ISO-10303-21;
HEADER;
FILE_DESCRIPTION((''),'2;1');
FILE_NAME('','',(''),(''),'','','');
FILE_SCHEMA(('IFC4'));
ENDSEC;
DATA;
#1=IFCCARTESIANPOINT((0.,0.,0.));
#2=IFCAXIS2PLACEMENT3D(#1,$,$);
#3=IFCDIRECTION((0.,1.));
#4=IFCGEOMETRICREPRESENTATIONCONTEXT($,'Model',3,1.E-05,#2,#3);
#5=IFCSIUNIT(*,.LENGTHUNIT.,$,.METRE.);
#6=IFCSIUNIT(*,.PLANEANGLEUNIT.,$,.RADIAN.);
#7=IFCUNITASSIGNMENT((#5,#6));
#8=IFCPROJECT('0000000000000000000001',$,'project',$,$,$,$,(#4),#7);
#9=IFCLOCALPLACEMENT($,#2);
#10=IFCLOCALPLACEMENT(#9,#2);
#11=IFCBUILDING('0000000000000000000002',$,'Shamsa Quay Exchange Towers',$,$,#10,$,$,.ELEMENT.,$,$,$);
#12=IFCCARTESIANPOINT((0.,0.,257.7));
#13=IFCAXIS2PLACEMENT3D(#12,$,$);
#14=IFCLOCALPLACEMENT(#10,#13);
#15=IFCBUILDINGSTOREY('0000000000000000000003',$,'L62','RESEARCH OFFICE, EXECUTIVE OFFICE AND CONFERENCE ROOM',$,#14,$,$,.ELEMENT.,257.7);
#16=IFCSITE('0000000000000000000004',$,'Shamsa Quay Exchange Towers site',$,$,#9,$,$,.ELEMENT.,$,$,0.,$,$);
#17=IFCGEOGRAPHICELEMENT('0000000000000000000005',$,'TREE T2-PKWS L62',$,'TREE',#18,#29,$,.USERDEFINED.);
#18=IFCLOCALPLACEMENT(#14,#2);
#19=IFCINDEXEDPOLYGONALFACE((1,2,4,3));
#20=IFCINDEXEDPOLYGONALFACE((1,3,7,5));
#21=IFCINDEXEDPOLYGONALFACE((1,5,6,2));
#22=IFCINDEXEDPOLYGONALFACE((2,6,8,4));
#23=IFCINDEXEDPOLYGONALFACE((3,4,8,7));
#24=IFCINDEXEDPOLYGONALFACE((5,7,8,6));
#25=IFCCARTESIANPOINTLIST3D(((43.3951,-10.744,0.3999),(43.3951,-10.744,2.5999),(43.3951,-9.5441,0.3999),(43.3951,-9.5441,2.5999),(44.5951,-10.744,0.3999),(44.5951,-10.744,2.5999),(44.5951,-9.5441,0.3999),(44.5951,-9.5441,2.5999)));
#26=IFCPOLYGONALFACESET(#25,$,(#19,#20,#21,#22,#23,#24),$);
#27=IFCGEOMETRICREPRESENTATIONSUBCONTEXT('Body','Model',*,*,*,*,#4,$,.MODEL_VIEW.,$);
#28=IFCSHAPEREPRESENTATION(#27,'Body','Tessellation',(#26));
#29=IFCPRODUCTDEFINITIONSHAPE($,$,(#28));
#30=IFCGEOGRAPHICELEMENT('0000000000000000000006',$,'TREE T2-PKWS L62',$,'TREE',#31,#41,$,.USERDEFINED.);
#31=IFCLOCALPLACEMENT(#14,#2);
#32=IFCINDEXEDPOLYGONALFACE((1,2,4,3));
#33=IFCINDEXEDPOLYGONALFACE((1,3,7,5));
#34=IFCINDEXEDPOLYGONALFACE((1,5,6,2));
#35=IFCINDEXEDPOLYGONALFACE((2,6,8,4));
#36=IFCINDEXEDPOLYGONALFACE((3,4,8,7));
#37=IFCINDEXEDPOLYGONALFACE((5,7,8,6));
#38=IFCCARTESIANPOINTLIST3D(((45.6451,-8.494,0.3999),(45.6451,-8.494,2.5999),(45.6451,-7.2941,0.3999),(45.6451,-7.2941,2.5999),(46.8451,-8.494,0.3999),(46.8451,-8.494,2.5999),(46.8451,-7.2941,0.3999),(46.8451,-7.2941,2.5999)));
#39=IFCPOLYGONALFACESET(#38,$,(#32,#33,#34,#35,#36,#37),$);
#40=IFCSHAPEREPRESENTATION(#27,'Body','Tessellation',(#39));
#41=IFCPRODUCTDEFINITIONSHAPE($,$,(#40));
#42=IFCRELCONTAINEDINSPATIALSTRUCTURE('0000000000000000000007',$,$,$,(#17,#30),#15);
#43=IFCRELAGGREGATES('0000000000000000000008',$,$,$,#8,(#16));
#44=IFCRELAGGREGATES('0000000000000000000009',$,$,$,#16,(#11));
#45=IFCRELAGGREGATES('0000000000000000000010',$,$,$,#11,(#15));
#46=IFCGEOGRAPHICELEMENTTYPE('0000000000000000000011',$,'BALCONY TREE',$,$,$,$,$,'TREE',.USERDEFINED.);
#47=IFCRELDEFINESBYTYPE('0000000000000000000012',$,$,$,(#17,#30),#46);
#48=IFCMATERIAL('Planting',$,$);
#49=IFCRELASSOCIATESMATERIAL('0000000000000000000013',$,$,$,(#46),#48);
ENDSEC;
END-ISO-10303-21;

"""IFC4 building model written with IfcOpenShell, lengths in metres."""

from ifc_helpers import new_model, si_unit, direction, frame, origin, origin_2d, place, context, subcontext, project, spatial, rectangle, extrude, material, type_object, element, save


model = new_model("IFC4")

# Units and contexts
model_context = context("Model", 3, precision=1e-05, world=origin(), true_north=direction((0.0, 1.0)))
body_context = subcontext(model_context, "Body", "Model", "MODEL_VIEW")
ifc_project = project(units=[si_unit("LENGTHUNIT", "METRE"), si_unit("PLANEANGLEUNIT", "RADIAN")], contexts=[model_context])

# Site, building, storey
site_placement = place(None, origin())
site = spatial("IfcSite", under=ifc_project, at=site_placement, Name="Shamsa Quay Exchange Towers site", CompositionType="ELEMENT", RefElevation=0.0)
building_placement = place(site_placement, origin())
building = spatial("IfcBuilding", under=site, at=building_placement, Name="Shamsa Quay Exchange Towers", CompositionType="ELEMENT")
storey_placement = place(building_placement, frame((0.0, 0.0, 257.7)))
storey = spatial("IfcBuildingStorey", under=building, at=storey_placement, Name="L62", Description="RESEARCH OFFICE, EXECUTIVE OFFICE AND CONFERENCE ROOM", CompositionType="ELEMENT", Elevation=257.7)

# Geographic elements
ifc_material_1 = material(Name="Planting")
geographic_element_type = type_object("IfcGeographicElementType", Name="BALCONY TREE", ElementType="TREE", PredefinedType="USERDEFINED", material=ifc_material_1)
for number, where, z_axis, x_axis, name in (
    (1, (43.9951, -10.144, 0.3999), (0.0, 0.0, 1.0), (0.0, 1.0, 0.0), "TREE T2-PKWS L62"),
    (2, (46.2451, -7.894, 0.3999), (0.0, 0.0, 1.0), (0.0, 1.0, 0.0), "TREE T2-PKWS L62"),
):
    element("IfcGeographicElement", number, at=place(storey_placement, frame(where, z_axis=z_axis, x_axis=x_axis)), inside=storey, type_object=geographic_element_type, Name=name, ObjectType="TREE", PredefinedType="USERDEFINED", context=body_context, shape_type="SweptSolid", body=[
        extrude(rectangle(XDim=1.2, YDim=1.2, at=origin_2d()), origin(), (0.0, 0.0, 1.0), 2.2),
    ])

save(model, "model.ifc")
